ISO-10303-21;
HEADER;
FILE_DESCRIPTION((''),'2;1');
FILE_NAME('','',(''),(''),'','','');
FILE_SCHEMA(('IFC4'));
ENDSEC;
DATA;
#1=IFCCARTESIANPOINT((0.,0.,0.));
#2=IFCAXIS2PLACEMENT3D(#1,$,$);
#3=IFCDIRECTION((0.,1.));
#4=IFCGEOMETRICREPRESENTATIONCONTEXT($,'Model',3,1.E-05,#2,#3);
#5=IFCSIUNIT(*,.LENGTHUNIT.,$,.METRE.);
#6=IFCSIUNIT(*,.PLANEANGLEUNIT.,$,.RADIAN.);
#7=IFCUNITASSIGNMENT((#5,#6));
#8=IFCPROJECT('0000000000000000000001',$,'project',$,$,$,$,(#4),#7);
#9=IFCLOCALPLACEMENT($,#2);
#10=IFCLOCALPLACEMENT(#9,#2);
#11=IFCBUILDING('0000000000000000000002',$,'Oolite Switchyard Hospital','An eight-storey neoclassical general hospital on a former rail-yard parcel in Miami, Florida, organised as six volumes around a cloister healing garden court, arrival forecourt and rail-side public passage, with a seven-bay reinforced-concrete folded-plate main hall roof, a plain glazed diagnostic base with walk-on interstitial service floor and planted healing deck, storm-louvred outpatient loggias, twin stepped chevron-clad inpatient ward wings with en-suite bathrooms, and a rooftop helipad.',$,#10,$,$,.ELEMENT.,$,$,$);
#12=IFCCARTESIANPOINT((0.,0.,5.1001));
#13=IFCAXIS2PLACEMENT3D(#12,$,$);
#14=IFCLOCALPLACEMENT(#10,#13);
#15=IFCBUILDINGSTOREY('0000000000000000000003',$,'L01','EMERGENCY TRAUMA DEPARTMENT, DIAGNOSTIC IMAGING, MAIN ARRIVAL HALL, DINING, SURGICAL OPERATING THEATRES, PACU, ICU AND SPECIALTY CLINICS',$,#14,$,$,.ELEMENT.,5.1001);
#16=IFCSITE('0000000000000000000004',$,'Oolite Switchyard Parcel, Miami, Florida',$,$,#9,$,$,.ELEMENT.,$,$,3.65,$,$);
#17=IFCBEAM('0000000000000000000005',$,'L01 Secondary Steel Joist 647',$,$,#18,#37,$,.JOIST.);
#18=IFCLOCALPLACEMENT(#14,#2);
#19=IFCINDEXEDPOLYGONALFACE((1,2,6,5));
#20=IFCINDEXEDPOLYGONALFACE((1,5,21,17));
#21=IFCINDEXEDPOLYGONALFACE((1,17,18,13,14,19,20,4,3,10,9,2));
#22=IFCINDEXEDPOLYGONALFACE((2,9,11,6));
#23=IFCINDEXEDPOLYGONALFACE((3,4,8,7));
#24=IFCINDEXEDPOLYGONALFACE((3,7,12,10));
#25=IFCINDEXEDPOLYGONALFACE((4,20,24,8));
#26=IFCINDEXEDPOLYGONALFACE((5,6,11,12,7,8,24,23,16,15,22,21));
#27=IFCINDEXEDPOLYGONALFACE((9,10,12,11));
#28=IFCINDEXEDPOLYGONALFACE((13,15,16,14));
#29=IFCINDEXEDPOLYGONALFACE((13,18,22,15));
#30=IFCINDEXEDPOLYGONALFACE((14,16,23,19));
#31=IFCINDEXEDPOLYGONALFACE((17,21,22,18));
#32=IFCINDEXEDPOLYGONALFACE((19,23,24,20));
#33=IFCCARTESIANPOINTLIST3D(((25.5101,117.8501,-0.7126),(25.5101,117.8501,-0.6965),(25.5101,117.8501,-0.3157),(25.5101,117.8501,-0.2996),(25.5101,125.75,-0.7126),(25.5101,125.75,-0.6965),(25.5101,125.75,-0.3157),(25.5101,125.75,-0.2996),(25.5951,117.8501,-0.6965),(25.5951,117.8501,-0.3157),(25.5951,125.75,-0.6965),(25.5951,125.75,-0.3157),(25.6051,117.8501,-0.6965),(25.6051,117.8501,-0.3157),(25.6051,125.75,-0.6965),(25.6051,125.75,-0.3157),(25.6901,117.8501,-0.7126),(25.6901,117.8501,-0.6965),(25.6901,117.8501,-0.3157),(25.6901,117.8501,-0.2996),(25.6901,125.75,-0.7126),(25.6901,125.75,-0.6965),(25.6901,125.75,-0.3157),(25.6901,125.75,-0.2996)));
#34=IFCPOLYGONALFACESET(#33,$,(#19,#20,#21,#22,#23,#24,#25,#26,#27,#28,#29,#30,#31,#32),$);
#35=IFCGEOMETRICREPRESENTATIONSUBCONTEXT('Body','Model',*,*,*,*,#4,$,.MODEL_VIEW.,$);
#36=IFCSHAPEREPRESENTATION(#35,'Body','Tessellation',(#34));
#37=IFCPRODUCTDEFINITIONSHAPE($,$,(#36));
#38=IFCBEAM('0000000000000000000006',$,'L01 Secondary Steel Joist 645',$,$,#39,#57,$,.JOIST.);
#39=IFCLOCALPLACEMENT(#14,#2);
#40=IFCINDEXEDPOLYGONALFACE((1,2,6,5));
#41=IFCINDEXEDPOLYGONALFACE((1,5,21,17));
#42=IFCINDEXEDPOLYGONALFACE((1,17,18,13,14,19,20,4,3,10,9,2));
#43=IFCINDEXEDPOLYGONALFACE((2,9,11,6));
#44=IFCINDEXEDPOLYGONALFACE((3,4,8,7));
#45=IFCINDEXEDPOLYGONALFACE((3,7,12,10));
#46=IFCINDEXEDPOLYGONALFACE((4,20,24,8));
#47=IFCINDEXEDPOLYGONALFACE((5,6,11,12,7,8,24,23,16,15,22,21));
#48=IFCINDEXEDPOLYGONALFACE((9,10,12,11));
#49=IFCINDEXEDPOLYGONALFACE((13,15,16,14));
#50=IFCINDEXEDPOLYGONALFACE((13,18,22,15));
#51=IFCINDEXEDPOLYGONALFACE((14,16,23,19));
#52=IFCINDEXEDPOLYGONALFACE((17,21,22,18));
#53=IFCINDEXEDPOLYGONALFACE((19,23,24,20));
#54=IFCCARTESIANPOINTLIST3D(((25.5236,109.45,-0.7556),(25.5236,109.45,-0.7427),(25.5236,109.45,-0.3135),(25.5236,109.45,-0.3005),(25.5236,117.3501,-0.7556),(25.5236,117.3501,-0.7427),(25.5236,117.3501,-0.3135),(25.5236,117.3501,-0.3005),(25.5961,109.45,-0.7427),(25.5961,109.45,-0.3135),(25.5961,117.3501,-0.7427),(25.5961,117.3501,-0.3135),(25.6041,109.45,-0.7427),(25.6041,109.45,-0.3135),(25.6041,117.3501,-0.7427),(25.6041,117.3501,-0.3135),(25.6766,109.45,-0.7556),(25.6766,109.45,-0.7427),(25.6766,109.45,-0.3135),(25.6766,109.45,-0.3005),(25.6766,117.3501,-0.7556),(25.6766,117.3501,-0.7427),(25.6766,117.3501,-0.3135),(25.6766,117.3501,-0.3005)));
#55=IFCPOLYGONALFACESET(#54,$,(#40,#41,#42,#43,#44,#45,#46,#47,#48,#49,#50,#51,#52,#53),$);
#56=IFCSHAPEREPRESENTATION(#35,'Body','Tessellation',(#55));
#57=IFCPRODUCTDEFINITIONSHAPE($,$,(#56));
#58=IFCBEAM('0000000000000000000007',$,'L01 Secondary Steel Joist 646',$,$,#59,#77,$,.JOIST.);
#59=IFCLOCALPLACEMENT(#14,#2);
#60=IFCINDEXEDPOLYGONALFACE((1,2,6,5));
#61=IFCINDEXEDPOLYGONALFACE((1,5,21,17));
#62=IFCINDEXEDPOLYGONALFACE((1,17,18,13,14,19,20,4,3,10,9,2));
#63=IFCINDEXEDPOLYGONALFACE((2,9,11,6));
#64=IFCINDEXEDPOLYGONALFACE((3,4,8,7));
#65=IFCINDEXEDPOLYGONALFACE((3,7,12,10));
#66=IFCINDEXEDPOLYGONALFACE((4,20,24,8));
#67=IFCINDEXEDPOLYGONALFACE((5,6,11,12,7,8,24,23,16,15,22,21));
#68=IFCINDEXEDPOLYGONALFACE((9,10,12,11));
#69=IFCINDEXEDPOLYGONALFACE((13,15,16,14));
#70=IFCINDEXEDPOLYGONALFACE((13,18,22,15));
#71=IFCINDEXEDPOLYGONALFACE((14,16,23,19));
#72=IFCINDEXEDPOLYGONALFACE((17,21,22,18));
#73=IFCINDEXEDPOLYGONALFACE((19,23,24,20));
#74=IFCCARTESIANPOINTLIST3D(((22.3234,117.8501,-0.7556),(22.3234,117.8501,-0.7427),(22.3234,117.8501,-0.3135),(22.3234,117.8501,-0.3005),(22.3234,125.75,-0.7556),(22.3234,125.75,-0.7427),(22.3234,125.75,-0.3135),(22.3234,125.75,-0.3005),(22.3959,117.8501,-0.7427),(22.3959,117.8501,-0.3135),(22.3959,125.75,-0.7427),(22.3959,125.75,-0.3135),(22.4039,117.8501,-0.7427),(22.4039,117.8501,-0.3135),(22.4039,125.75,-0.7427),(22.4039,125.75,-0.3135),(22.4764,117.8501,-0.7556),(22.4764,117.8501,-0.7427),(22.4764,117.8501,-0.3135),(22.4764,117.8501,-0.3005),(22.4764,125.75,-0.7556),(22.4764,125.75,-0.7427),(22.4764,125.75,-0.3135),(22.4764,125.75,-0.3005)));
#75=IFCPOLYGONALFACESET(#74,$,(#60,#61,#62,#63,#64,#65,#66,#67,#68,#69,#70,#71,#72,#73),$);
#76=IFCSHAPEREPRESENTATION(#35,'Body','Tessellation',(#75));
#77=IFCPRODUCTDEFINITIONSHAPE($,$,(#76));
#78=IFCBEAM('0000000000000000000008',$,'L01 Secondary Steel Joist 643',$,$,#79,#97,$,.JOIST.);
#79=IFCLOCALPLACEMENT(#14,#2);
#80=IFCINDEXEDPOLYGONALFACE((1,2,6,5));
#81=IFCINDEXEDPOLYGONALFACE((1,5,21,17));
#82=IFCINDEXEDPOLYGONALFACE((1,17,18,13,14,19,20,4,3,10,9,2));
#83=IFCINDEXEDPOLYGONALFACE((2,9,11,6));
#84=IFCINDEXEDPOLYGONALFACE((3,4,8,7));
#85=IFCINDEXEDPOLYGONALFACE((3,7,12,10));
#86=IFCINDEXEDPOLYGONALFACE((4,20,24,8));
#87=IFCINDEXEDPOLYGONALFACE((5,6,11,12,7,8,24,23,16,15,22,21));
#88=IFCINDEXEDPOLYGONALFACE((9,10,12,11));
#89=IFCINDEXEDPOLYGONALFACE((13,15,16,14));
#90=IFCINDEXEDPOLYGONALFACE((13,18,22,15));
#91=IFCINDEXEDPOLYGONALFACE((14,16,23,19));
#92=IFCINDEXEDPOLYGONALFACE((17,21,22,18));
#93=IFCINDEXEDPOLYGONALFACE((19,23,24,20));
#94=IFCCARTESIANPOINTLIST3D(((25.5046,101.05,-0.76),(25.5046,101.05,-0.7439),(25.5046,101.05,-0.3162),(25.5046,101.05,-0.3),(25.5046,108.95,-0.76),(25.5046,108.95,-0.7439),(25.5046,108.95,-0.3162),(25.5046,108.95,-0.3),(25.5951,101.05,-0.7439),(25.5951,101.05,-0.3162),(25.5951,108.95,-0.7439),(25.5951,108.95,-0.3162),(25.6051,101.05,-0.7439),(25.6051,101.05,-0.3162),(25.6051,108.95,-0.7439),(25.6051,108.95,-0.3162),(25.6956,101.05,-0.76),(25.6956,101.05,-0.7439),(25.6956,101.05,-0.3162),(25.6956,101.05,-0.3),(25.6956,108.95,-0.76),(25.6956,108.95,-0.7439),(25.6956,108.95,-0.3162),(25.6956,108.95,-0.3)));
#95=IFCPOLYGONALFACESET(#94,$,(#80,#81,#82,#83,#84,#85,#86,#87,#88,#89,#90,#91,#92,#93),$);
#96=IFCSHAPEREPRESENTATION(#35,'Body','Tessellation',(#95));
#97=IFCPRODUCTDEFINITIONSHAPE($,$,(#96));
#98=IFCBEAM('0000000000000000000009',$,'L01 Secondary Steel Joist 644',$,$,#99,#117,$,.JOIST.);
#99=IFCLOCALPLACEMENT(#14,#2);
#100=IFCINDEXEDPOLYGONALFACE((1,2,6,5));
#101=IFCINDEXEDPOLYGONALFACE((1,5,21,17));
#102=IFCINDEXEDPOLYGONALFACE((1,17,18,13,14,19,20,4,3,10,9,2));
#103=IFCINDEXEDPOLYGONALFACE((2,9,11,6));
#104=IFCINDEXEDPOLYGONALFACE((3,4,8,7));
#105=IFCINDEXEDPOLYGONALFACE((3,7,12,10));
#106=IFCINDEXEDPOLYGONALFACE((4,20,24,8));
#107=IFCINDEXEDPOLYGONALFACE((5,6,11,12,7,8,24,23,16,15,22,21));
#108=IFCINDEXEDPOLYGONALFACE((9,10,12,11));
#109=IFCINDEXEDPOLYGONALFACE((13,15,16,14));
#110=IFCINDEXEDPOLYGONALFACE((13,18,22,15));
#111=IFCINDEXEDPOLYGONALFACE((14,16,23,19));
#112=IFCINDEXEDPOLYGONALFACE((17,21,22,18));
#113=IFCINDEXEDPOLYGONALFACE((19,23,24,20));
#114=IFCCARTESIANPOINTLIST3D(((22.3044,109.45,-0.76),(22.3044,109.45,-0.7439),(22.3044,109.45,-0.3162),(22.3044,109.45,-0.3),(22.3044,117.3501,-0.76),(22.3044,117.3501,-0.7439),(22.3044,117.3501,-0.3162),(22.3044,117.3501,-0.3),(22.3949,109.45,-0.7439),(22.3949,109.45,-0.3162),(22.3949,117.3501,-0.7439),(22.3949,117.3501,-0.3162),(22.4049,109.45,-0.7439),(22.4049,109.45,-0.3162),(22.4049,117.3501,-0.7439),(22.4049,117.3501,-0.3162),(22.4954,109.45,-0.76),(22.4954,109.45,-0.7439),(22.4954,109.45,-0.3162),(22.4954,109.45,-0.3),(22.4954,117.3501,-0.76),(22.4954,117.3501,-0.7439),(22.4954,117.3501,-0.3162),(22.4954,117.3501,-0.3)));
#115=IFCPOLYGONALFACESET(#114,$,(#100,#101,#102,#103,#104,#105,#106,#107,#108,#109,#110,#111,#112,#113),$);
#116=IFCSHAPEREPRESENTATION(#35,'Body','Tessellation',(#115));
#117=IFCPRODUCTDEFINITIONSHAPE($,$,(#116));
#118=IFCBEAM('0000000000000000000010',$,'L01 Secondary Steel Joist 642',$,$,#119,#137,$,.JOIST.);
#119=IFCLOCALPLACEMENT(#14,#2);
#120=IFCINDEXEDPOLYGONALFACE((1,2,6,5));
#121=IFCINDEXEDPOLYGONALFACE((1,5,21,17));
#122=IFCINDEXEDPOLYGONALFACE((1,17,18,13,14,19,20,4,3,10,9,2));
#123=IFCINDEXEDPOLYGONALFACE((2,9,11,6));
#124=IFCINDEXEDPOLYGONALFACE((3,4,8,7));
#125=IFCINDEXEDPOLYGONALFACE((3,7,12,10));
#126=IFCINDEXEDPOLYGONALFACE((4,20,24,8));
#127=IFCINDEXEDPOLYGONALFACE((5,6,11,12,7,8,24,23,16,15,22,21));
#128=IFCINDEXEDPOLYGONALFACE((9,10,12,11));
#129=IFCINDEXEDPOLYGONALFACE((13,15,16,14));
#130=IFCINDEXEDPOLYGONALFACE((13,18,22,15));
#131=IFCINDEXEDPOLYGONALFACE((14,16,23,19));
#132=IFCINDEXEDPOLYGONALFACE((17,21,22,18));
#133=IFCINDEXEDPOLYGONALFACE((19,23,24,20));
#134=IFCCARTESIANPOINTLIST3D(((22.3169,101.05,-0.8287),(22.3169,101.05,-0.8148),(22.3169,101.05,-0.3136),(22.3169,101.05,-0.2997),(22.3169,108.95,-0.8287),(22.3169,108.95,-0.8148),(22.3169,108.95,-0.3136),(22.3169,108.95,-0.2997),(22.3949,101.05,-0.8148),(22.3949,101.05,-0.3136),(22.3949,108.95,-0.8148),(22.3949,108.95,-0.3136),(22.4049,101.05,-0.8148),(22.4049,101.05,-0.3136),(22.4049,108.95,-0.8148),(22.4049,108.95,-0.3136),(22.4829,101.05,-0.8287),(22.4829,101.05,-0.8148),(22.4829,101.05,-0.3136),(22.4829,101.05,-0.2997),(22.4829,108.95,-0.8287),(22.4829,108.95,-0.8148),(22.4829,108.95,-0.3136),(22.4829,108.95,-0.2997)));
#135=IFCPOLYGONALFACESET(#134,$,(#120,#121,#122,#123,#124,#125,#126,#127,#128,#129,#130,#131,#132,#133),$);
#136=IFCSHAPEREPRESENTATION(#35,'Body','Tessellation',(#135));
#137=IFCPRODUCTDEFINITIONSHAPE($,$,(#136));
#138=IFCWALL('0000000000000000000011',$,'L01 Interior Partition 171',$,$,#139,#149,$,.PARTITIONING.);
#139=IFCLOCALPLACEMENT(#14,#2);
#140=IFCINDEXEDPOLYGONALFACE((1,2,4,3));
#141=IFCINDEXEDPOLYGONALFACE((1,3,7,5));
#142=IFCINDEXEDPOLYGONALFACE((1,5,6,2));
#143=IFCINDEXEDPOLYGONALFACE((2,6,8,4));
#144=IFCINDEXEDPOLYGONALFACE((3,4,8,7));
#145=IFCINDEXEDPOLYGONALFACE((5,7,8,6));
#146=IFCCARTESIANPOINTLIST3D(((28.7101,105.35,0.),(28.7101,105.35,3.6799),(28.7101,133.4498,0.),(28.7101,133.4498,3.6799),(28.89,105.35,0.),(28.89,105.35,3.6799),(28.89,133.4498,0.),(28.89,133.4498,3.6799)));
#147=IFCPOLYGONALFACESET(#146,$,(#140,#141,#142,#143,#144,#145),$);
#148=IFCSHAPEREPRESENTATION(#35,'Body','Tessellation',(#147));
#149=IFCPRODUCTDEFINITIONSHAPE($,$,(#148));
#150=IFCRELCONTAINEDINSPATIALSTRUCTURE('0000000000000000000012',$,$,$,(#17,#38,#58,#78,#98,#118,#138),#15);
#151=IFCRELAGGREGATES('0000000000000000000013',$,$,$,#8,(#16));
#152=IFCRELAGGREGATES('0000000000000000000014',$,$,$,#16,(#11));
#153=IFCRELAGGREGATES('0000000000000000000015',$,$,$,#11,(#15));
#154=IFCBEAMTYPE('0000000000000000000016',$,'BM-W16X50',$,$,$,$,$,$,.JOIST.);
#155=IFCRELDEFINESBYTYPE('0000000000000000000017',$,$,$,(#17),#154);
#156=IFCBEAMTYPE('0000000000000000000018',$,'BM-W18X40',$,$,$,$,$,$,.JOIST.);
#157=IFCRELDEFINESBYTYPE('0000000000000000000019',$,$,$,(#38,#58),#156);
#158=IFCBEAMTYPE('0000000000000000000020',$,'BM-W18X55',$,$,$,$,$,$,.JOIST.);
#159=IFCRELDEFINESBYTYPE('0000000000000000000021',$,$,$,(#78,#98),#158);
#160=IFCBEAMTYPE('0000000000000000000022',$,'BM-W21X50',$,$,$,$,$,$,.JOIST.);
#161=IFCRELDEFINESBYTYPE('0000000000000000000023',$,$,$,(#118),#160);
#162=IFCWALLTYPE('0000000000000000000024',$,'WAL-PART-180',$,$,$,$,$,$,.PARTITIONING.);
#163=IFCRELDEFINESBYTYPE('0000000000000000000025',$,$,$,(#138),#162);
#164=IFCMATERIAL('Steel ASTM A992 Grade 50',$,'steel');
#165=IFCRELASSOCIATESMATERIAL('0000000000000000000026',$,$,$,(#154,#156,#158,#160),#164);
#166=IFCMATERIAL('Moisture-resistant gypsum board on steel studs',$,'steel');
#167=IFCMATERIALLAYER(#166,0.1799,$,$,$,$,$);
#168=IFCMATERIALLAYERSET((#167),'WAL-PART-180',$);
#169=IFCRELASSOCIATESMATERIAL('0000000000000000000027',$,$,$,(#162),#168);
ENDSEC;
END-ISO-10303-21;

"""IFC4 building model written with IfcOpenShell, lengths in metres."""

from ifc_helpers import new_model, si_unit, direction, frame, frame_2d, origin, origin_2d, place, context, subcontext, project, spatial, rectangle, i_section, extrude, material, layer, layer_set, material_profile, profile_set, type_object, element, save


model = new_model("IFC4")

# Units and contexts
model_context = context("Model", 3, precision=1e-05, world=origin(), true_north=direction((0.0, 1.0)))
body_context = subcontext(model_context, "Body", "Model", "MODEL_VIEW")
ifc_project = project(units=[si_unit("LENGTHUNIT", "METRE"), si_unit("PLANEANGLEUNIT", "RADIAN")], contexts=[model_context])

# Site, building, storey
site_placement = place(None, origin())
site = spatial("IfcSite", under=ifc_project, at=site_placement, Name="Oolite Switchyard Parcel, Miami, Florida", CompositionType="ELEMENT", RefElevation=3.65)
building_placement = place(site_placement, origin())
building = spatial("IfcBuilding", under=site, at=building_placement, Name="Oolite Switchyard Hospital", Description="An eight-storey neoclassical general hospital on a former rail-yard parcel in Miami, Florida, organised as six volumes around a cloister healing garden court, arrival forecourt and rail-side public passage, with a seven-bay reinforced-concrete folded-plate main hall roof, a plain glazed diagnostic base with walk-on interstitial service floor and planted healing deck, storm-louvred outpatient loggias, twin stepped chevron-clad inpatient ward wings with en-suite bathrooms, and a rooftop helipad.", CompositionType="ELEMENT")
storey_placement = place(building_placement, frame((0.0, 0.0, 5.1001)))
storey = spatial("IfcBuildingStorey", under=building, at=storey_placement, Name="L01", Description="EMERGENCY TRAUMA DEPARTMENT, DIAGNOSTIC IMAGING, MAIN ARRIVAL HALL, DINING, SURGICAL OPERATING THEATRES, PACU, ICU AND SPECIALTY CLINICS", CompositionType="ELEMENT", Elevation=5.1001)

# Beams
ifc_material_1 = material(Name="Steel ASTM A992 Grade 50", Category="steel")
ifc_material_profile_1 = material_profile(ifc_material_1, i_section(OverallWidth=0.1799, OverallDepth=0.4131, WebThickness=0.01, FlangeThickness=0.0161, at=origin_2d()), Name="W16X50")
ifc_profile_set_1 = profile_set([ifc_material_profile_1], Name="Steel ASTM A992 Grade 50")
beam_type_1 = type_object("IfcBeamType", Name="BM-W16X50", PredefinedType="JOIST", material=ifc_profile_set_1)
beam_1_placement = place(storey_placement, frame((25.6001, 117.8501, -0.5061), z_axis=(0.0, 1.0, 0.0), x_axis=(-1.0, 0.0, 0.0)))
element("IfcBeam", 1, at=beam_1_placement, inside=storey, type_object=beam_type_1, Name="L01 Secondary Steel Joist 647", PredefinedType="JOIST", context=body_context, shape_type="SweptSolid", body=[
    extrude(i_section(OverallWidth=0.1799, OverallDepth=0.4131, WebThickness=0.01, FlangeThickness=0.0161, at=origin_2d()), origin(), (0.0, 0.0, 1.0), 7.8999),
])
ifc_material_profile_2 = material_profile(ifc_material_1, i_section(OverallWidth=0.1531, OverallDepth=0.4551, WebThickness=0.0081, FlangeThickness=0.0129, at=origin_2d()), Name="W18X40")
ifc_profile_set_2 = profile_set([ifc_material_profile_2], Name="Steel ASTM A992 Grade 50")
beam_type_2 = type_object("IfcBeamType", Name="BM-W18X40", PredefinedType="JOIST", material=ifc_profile_set_2)
beam_2_placement = place(storey_placement, frame((25.6001, 109.45, -0.5281), z_axis=(0.0, 1.0, 0.0), x_axis=(-1.0, 0.0, 0.0)))
element("IfcBeam", 2, at=beam_2_placement, inside=storey, type_object=beam_type_2, Name="L01 Secondary Steel Joist 645", PredefinedType="JOIST", context=body_context, shape_type="SweptSolid", body=[
    extrude(i_section(OverallWidth=0.1531, OverallDepth=0.4551, WebThickness=0.0081, FlangeThickness=0.0129, at=origin_2d()), origin(), (0.0, 0.0, 1.0), 7.9001),
])
beam_3_placement = place(storey_placement, frame((22.3999, 117.8501, -0.5281), z_axis=(0.0, 1.0, 0.0), x_axis=(-1.0, 0.0, 0.0)))
element("IfcBeam", 3, at=beam_3_placement, inside=storey, type_object=beam_type_2, Name="L01 Secondary Steel Joist 646", PredefinedType="JOIST", context=body_context, shape_type="SweptSolid", body=[
    extrude(i_section(OverallWidth=0.1531, OverallDepth=0.4551, WebThickness=0.0081, FlangeThickness=0.0129, at=origin_2d()), origin(), (0.0, 0.0, 1.0), 7.8999),
])
ifc_material_profile_3 = material_profile(ifc_material_1, i_section(OverallWidth=0.1909, OverallDepth=0.46, WebThickness=0.01, FlangeThickness=0.0161, at=origin_2d()), Name="W18X55")
ifc_profile_set_3 = profile_set([ifc_material_profile_3], Name="Steel ASTM A992 Grade 50")
beam_type_3 = type_object("IfcBeamType", Name="BM-W18X55", PredefinedType="JOIST", material=ifc_profile_set_3)
beam_4_placement = place(storey_placement, frame((25.6001, 101.05, -0.53), z_axis=(0.0, 1.0, 0.0), x_axis=(-1.0, 0.0, 0.0)))
element("IfcBeam", 4, at=beam_4_placement, inside=storey, type_object=beam_type_3, Name="L01 Secondary Steel Joist 643", PredefinedType="JOIST", context=body_context, shape_type="SweptSolid", body=[
    extrude(i_section(OverallWidth=0.1909, OverallDepth=0.46, WebThickness=0.01, FlangeThickness=0.0161, at=origin_2d()), origin(), (0.0, 0.0, 1.0), 7.8999),
])
beam_5_placement = place(storey_placement, frame((22.3999, 109.45, -0.53), z_axis=(0.0, 1.0, 0.0), x_axis=(-1.0, 0.0, 0.0)))
element("IfcBeam", 5, at=beam_5_placement, inside=storey, type_object=beam_type_3, Name="L01 Secondary Steel Joist 644", PredefinedType="JOIST", context=body_context, shape_type="SweptSolid", body=[
    extrude(i_section(OverallWidth=0.1909, OverallDepth=0.46, WebThickness=0.01, FlangeThickness=0.0161, at=origin_2d()), origin(), (0.0, 0.0, 1.0), 7.9001),
])
ifc_material_profile_4 = material_profile(ifc_material_1, i_section(OverallWidth=0.166, OverallDepth=0.5291, WebThickness=0.01, FlangeThickness=0.0139, at=origin_2d()), Name="W21X50")
ifc_profile_set_4 = profile_set([ifc_material_profile_4], Name="Steel ASTM A992 Grade 50")
beam_type_4 = type_object("IfcBeamType", Name="BM-W21X50", PredefinedType="JOIST", material=ifc_profile_set_4)
beam_6_placement = place(storey_placement, frame((22.3999, 101.05, -0.5642), z_axis=(0.0, 1.0, 0.0), x_axis=(-1.0, 0.0, 0.0)))
element("IfcBeam", 6, at=beam_6_placement, inside=storey, type_object=beam_type_4, Name="L01 Secondary Steel Joist 642", PredefinedType="JOIST", context=body_context, shape_type="SweptSolid", body=[
    extrude(i_section(OverallWidth=0.166, OverallDepth=0.5291, WebThickness=0.01, FlangeThickness=0.0139, at=origin_2d()), origin(), (0.0, 0.0, 1.0), 7.8999),
])

# Wall
ifc_material_2 = material(Name="Moisture-resistant gypsum board on steel studs", Category="steel")
ifc_layer_1 = layer(ifc_material_2, 0.1799)
ifc_layer_set_1 = layer_set([ifc_layer_1], Name="WAL-PART-180")
wall_type_1 = type_object("IfcWallType", Name="WAL-PART-180", PredefinedType="PARTITIONING", material=ifc_layer_set_1)
wall_1_placement = place(storey_placement, frame((28.8, 105.3501, 0.0), z_axis=(0.0, 0.0, 1.0), x_axis=(0.0, 1.0, 0.0)))
element("IfcWall", 7, at=wall_1_placement, inside=storey, type_object=wall_type_1, Name="L01 Interior Partition 171", PredefinedType="PARTITIONING", context=body_context, shape_type="SweptSolid", body=[
    extrude(rectangle(XDim=28.0999, YDim=0.1799, at=frame_2d((14.0498, 0.0))), origin(), (0.0, 0.0, 1.0), 3.6799),
])

save(model, "model.ifc")
